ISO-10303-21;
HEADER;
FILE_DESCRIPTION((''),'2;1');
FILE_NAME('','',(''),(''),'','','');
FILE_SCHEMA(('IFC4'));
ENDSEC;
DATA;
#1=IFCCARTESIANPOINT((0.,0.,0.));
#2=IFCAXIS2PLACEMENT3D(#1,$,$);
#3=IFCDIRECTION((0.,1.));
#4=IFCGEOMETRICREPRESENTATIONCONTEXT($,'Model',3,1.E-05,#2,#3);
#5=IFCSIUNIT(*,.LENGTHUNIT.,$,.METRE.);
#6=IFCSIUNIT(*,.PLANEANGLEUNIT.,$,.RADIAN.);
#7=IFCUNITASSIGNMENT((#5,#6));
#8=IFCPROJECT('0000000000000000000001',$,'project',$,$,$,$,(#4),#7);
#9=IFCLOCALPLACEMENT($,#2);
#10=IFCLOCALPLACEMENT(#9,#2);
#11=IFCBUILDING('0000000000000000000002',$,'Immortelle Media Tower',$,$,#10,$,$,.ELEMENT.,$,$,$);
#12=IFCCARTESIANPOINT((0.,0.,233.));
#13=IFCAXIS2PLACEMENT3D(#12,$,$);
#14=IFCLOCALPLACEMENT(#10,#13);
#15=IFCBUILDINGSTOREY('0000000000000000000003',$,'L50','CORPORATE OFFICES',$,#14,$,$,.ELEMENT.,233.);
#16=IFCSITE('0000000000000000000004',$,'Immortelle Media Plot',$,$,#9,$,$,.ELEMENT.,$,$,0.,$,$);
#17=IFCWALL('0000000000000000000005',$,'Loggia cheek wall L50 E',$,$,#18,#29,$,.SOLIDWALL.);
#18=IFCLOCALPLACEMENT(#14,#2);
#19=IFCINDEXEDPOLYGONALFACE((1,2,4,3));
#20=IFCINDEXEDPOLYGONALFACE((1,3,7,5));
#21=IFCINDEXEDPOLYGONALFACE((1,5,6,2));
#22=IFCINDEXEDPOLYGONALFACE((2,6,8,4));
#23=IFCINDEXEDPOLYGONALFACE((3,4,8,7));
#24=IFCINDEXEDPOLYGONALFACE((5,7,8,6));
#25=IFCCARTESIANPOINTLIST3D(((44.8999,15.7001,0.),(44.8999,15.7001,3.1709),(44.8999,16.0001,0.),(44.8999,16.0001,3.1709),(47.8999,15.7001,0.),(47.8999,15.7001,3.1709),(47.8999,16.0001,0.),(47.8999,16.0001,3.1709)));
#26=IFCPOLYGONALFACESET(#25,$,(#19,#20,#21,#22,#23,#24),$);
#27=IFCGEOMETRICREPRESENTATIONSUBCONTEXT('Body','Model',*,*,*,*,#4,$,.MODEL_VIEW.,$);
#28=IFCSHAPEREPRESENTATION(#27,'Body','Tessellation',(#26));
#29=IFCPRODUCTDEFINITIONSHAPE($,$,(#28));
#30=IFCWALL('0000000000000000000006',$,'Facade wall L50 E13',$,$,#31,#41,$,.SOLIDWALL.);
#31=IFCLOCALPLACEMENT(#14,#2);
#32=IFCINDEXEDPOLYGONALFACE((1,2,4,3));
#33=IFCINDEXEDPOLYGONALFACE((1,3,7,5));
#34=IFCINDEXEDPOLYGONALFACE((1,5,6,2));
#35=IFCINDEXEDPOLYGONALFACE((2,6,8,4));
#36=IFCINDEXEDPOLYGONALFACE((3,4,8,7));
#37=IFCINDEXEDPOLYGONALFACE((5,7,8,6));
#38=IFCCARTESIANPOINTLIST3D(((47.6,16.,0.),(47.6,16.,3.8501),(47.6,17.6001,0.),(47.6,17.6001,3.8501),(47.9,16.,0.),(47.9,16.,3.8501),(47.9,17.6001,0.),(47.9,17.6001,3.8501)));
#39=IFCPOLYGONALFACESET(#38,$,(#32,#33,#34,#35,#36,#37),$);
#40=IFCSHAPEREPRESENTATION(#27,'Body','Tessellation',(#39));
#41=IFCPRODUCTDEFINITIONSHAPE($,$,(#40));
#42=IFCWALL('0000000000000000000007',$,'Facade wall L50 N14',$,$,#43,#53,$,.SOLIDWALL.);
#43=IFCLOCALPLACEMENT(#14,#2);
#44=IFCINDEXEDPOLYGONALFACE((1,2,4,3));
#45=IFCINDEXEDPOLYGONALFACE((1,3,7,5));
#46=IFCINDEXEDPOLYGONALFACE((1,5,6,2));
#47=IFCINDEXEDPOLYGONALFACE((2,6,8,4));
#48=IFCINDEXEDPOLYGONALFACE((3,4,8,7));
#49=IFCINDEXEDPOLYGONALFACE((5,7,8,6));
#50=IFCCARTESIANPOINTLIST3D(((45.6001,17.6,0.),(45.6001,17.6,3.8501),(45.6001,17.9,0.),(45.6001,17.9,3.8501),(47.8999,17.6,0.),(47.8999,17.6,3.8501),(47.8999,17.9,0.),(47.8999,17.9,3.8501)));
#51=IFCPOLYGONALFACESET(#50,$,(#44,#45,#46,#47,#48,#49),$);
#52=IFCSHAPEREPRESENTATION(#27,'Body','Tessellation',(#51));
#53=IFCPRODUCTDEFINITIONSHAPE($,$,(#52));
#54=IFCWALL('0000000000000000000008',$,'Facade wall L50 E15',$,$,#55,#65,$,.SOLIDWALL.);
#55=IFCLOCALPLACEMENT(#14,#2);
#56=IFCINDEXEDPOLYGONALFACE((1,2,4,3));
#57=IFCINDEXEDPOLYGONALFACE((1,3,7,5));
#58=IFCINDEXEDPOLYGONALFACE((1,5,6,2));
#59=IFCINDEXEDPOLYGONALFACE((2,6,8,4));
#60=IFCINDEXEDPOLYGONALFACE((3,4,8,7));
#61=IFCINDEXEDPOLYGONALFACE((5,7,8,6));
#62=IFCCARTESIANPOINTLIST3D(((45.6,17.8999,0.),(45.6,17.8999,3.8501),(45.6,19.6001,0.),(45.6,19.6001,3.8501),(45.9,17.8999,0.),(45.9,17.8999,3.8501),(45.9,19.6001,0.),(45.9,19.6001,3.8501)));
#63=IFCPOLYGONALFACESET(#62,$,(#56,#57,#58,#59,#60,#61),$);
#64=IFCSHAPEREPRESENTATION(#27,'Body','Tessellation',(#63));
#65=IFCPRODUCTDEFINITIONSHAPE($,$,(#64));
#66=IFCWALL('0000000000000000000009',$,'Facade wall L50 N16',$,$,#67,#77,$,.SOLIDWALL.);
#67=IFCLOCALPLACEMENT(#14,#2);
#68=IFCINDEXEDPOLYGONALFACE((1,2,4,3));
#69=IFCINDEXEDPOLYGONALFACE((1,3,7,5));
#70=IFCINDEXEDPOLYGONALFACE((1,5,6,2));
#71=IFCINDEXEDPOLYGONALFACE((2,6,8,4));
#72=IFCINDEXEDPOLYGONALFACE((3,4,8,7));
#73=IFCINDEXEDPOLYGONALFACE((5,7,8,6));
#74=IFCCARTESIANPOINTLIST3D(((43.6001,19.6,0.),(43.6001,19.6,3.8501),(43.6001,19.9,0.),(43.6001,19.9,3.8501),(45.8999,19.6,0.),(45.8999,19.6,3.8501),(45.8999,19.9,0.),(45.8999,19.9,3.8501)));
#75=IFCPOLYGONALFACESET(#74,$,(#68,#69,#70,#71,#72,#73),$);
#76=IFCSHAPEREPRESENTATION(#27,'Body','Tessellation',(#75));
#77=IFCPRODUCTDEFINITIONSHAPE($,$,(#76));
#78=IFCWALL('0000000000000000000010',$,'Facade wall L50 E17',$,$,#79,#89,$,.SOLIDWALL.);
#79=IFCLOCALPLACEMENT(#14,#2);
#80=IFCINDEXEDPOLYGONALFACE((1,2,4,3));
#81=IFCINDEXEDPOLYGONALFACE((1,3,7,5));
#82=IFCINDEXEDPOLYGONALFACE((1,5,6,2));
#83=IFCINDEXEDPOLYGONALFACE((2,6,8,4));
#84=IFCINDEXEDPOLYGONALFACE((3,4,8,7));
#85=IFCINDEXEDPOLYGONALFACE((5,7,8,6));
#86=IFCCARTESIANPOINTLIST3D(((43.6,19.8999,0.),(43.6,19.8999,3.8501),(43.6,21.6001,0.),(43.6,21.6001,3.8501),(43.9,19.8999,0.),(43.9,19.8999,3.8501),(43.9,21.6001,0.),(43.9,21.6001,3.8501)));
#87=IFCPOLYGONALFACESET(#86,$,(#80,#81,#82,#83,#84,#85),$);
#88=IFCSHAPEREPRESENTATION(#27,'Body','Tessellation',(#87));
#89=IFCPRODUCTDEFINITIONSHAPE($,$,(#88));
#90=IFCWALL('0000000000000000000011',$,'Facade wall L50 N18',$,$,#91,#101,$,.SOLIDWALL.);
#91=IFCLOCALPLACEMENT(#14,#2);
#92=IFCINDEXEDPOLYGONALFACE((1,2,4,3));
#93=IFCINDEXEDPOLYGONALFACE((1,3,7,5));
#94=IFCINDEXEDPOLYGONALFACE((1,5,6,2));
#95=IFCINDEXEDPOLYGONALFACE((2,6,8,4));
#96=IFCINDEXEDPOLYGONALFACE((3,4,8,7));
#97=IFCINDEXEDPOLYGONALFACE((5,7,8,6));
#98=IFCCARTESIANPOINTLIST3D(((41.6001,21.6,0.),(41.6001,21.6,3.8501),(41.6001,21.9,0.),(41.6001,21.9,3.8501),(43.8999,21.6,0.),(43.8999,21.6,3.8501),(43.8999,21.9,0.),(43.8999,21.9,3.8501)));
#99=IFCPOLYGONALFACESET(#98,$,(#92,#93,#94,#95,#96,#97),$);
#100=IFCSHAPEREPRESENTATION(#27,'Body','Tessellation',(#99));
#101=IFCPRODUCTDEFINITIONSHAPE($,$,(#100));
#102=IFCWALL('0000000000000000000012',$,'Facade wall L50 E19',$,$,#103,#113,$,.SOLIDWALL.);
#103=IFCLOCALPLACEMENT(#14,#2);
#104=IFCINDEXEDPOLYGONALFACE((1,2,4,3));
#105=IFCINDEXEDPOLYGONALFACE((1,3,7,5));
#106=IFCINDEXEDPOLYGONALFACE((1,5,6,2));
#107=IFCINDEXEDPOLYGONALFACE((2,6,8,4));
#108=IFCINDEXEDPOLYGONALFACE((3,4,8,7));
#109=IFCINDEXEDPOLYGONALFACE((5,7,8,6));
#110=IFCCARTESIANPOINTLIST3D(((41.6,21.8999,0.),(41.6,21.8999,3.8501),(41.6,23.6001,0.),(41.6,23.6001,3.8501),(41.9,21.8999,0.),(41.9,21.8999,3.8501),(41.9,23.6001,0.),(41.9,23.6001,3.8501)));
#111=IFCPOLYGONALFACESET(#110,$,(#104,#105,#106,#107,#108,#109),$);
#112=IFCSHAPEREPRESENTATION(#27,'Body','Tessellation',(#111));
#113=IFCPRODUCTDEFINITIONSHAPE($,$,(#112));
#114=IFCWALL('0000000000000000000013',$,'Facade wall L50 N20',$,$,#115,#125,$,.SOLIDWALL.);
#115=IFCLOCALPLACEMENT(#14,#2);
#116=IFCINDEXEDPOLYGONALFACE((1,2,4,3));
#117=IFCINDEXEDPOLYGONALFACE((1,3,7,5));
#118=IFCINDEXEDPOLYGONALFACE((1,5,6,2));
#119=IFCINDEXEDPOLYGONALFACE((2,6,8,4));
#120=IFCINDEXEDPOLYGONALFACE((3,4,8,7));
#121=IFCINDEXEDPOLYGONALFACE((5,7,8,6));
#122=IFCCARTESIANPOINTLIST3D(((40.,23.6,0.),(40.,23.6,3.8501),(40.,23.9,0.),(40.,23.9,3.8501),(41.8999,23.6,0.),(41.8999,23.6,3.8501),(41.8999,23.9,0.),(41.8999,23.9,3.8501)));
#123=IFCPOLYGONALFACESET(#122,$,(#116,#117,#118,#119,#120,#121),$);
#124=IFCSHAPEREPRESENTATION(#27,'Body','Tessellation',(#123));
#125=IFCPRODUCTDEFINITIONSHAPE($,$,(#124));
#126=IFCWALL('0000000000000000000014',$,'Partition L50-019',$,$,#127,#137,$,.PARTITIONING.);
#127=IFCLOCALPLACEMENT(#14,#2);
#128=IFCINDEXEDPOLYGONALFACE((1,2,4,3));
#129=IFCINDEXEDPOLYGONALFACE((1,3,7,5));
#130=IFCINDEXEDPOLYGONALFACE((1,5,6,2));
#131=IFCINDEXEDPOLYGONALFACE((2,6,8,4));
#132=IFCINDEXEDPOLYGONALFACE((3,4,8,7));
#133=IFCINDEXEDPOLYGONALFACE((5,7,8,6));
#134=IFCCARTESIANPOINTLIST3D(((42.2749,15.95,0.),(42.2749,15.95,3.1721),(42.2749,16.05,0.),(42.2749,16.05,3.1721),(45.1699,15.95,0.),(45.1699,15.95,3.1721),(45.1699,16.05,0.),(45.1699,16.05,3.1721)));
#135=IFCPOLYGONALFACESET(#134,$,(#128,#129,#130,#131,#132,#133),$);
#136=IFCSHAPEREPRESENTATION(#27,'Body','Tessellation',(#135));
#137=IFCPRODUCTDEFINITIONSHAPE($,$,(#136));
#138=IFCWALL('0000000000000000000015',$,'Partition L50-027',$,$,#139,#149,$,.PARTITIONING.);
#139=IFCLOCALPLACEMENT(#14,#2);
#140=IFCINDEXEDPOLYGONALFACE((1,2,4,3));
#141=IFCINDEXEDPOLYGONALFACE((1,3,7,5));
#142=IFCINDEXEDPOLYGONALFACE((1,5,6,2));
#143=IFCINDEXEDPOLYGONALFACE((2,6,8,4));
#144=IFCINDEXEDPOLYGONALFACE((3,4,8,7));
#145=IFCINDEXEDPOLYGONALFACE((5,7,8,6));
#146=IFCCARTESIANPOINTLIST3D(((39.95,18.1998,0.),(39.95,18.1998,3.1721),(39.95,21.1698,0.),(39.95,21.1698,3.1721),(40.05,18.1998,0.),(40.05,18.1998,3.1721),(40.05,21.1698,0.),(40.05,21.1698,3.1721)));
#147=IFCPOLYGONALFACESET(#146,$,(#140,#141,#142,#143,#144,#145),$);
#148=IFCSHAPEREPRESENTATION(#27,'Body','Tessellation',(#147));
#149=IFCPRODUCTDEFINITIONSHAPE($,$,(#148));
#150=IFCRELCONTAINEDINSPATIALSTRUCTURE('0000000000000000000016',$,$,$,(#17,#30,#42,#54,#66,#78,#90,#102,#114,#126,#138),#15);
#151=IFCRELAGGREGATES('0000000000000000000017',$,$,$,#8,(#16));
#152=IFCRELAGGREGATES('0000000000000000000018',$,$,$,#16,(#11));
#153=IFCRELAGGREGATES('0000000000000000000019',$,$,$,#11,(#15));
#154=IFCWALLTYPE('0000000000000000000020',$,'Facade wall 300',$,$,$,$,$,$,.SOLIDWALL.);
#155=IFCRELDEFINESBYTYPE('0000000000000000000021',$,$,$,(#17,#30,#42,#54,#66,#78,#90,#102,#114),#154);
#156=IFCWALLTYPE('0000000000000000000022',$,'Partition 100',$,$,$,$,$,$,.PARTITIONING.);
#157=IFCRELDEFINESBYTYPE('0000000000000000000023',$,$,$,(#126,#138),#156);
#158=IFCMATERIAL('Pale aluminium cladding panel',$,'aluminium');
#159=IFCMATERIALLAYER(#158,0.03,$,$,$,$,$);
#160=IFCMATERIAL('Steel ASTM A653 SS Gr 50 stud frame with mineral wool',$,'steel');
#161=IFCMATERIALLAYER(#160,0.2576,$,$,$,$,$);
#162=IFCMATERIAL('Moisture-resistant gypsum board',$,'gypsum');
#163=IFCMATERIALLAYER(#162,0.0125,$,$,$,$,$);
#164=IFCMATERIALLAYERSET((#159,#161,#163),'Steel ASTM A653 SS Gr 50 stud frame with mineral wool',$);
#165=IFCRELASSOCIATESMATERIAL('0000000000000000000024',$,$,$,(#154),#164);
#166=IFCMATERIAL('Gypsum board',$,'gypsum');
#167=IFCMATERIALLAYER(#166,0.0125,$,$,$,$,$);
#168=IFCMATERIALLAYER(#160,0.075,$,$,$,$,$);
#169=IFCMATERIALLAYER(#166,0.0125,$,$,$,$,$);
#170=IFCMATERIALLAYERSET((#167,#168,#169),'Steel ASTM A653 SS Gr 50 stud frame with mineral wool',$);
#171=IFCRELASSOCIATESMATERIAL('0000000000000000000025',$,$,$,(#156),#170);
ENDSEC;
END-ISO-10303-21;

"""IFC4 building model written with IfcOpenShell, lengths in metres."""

from ifc_helpers import new_model, si_unit, direction, frame, frame_2d, origin, place, context, subcontext, project, spatial, rectangle, extrude, material, layer, layer_set, type_object, element, save


model = new_model("IFC4")

# Units and contexts
model_context = context("Model", 3, precision=1e-05, world=origin(), true_north=direction((0.0, 1.0)))
body_context = subcontext(model_context, "Body", "Model", "MODEL_VIEW")
ifc_project = project(units=[si_unit("LENGTHUNIT", "METRE"), si_unit("PLANEANGLEUNIT", "RADIAN")], contexts=[model_context])

# Site, building, storey
site_placement = place(None, origin())
site = spatial("IfcSite", under=ifc_project, at=site_placement, Name="Immortelle Media Plot", CompositionType="ELEMENT", RefElevation=0.0)
building_placement = place(site_placement, origin())
building = spatial("IfcBuilding", under=site, at=building_placement, Name="Immortelle Media Tower", CompositionType="ELEMENT")
storey_placement = place(building_placement, frame((0.0, 0.0, 233.0)))
storey = spatial("IfcBuildingStorey", under=building, at=storey_placement, Name="L50", Description="CORPORATE OFFICES", CompositionType="ELEMENT", Elevation=233.0)

# Shared definitions
ifc_material_1 = material(Name="Steel ASTM A653 SS Gr 50 stud frame with mineral wool", Category="steel")

# Walls
ifc_material_2 = material(Name="Pale aluminium cladding panel", Category="aluminium")
ifc_layer_1 = layer(ifc_material_2, 0.03)
ifc_layer_2 = layer(ifc_material_1, 0.2576)
ifc_material_3 = material(Name="Moisture-resistant gypsum board", Category="gypsum")
ifc_layer_3 = layer(ifc_material_3, 0.0125)
ifc_layer_set_1 = layer_set([ifc_layer_1, ifc_layer_2, ifc_layer_3], Name="Steel ASTM A653 SS Gr 50 stud frame with mineral wool")
wall_type_1 = type_object("IfcWallType", Name="Facade wall 300", PredefinedType="SOLIDWALL", material=ifc_layer_set_1)
wall_1_placement = place(storey_placement, frame((47.8999, 15.8501, 0.0), z_axis=(0.0, 0.0, 1.0), x_axis=(-1.0, 0.0, 0.0)))
element("IfcWall", 1, at=wall_1_placement, inside=storey, type_object=wall_type_1, Name="Loggia cheek wall L50 E", PredefinedType="SOLIDWALL", context=body_context, shape_type="SweptSolid", body=[
    extrude(rectangle(XDim=3.0, YDim=0.3, at=frame_2d((1.5, 0.0))), origin(), (0.0, 0.0, 1.0), 3.1709),
])
wall_2_placement = place(storey_placement, frame((47.75, 16.0, 0.0), z_axis=(0.0, 0.0, 1.0), x_axis=(0.0, 1.0, 0.0)))
element("IfcWall", 2, at=wall_2_placement, inside=storey, type_object=wall_type_1, Name="Facade wall L50 E13", PredefinedType="SOLIDWALL", context=body_context, shape_type="SweptSolid", body=[
    extrude(rectangle(XDim=1.6001, YDim=0.3, at=frame_2d((0.8, 0.0))), origin(), (0.0, 0.0, 1.0), 3.8501),
])
wall_3_placement = place(storey_placement, frame((47.8999, 17.75, 0.0), z_axis=(0.0, 0.0, 1.0), x_axis=(-1.0, 0.0, 0.0)))
element("IfcWall", 3, at=wall_3_placement, inside=storey, type_object=wall_type_1, Name="Facade wall L50 N14", PredefinedType="SOLIDWALL", context=body_context, shape_type="SweptSolid", body=[
    extrude(rectangle(XDim=2.2998, YDim=0.3, at=frame_2d((1.1499, 0.0))), origin(), (0.0, 0.0, 1.0), 3.8501),
])
wall_4_placement = place(storey_placement, frame((45.75, 17.8999, 0.0), z_axis=(0.0, 0.0, 1.0), x_axis=(0.0, 1.0, 0.0)))
element("IfcWall", 4, at=wall_4_placement, inside=storey, type_object=wall_type_1, Name="Facade wall L50 E15", PredefinedType="SOLIDWALL", context=body_context, shape_type="SweptSolid", body=[
    extrude(rectangle(XDim=1.7002, YDim=0.3, at=frame_2d((0.8501, 0.0))), origin(), (0.0, 0.0, 1.0), 3.8501),
])
wall_5_placement = place(storey_placement, frame((45.8999, 19.75, 0.0), z_axis=(0.0, 0.0, 1.0), x_axis=(-1.0, 0.0, 0.0)))
element("IfcWall", 5, at=wall_5_placement, inside=storey, type_object=wall_type_1, Name="Facade wall L50 N16", PredefinedType="SOLIDWALL", context=body_context, shape_type="SweptSolid", body=[
    extrude(rectangle(XDim=2.2998, YDim=0.3, at=frame_2d((1.1499, 0.0))), origin(), (0.0, 0.0, 1.0), 3.8501),
])
wall_6_placement = place(storey_placement, frame((43.75, 19.8999, 0.0), z_axis=(0.0, 0.0, 1.0), x_axis=(0.0, 1.0, 0.0)))
element("IfcWall", 6, at=wall_6_placement, inside=storey, type_object=wall_type_1, Name="Facade wall L50 E17", PredefinedType="SOLIDWALL", context=body_context, shape_type="SweptSolid", body=[
    extrude(rectangle(XDim=1.7002, YDim=0.3, at=frame_2d((0.8501, 0.0))), origin(), (0.0, 0.0, 1.0), 3.8501),
])
wall_7_placement = place(storey_placement, frame((43.8999, 21.75, 0.0), z_axis=(0.0, 0.0, 1.0), x_axis=(-1.0, 0.0, 0.0)))
element("IfcWall", 7, at=wall_7_placement, inside=storey, type_object=wall_type_1, Name="Facade wall L50 N18", PredefinedType="SOLIDWALL", context=body_context, shape_type="SweptSolid", body=[
    extrude(rectangle(XDim=2.2998, YDim=0.3, at=frame_2d((1.1499, 0.0))), origin(), (0.0, 0.0, 1.0), 3.8501),
])
wall_8_placement = place(storey_placement, frame((41.75, 21.8999, 0.0), z_axis=(0.0, 0.0, 1.0), x_axis=(0.0, 1.0, 0.0)))
element("IfcWall", 8, at=wall_8_placement, inside=storey, type_object=wall_type_1, Name="Facade wall L50 E19", PredefinedType="SOLIDWALL", context=body_context, shape_type="SweptSolid", body=[
    extrude(rectangle(XDim=1.7002, YDim=0.3, at=frame_2d((0.8501, 0.0))), origin(), (0.0, 0.0, 1.0), 3.8501),
])
wall_9_placement = place(storey_placement, frame((41.8999, 23.75, 0.0), z_axis=(0.0, 0.0, 1.0), x_axis=(-1.0, 0.0, 0.0)))
element("IfcWall", 9, at=wall_9_placement, inside=storey, type_object=wall_type_1, Name="Facade wall L50 N20", PredefinedType="SOLIDWALL", context=body_context, shape_type="SweptSolid", body=[
    extrude(rectangle(XDim=1.8999, YDim=0.3, at=frame_2d((0.95, 0.0))), origin(), (0.0, 0.0, 1.0), 3.8501),
])
ifc_material_4 = material(Name="Gypsum board", Category="gypsum")
ifc_layer_4 = layer(ifc_material_4, 0.0125)
ifc_layer_5 = layer(ifc_material_1, 0.075)
ifc_layer_6 = layer(ifc_material_4, 0.0125)
ifc_layer_set_2 = layer_set([ifc_layer_4, ifc_layer_5, ifc_layer_6], Name="Steel ASTM A653 SS Gr 50 stud frame with mineral wool")
wall_type_2 = type_object("IfcWallType", Name="Partition 100", PredefinedType="PARTITIONING", material=ifc_layer_set_2)
wall_10_placement = place(storey_placement, frame((42.2749, 16.0, 0.0), z_axis=(0.0, 0.0, 1.0), x_axis=(1.0, 0.0, 0.0)))
element("IfcWall", 10, at=wall_10_placement, inside=storey, type_object=wall_type_2, Name="Partition L50-019", PredefinedType="PARTITIONING", context=body_context, shape_type="SweptSolid", body=[
    extrude(rectangle(XDim=2.895, YDim=0.1001, at=frame_2d((1.4475, 0.0))), origin(), (0.0, 0.0, 1.0), 3.1721),
])
wall_11_placement = place(storey_placement, frame((40.0, 18.2, 0.0), z_axis=(0.0, 0.0, 1.0), x_axis=(0.0, 1.0, 0.0)))
element("IfcWall", 11, at=wall_11_placement, inside=storey, type_object=wall_type_2, Name="Partition L50-027", PredefinedType="PARTITIONING", context=body_context, shape_type="SweptSolid", body=[
    extrude(rectangle(XDim=2.97, YDim=0.1001, at=frame_2d((1.4849, 0.0))), origin(), (0.0, 0.0, 1.0), 3.1721),
])

save(model, "model.ifc")
